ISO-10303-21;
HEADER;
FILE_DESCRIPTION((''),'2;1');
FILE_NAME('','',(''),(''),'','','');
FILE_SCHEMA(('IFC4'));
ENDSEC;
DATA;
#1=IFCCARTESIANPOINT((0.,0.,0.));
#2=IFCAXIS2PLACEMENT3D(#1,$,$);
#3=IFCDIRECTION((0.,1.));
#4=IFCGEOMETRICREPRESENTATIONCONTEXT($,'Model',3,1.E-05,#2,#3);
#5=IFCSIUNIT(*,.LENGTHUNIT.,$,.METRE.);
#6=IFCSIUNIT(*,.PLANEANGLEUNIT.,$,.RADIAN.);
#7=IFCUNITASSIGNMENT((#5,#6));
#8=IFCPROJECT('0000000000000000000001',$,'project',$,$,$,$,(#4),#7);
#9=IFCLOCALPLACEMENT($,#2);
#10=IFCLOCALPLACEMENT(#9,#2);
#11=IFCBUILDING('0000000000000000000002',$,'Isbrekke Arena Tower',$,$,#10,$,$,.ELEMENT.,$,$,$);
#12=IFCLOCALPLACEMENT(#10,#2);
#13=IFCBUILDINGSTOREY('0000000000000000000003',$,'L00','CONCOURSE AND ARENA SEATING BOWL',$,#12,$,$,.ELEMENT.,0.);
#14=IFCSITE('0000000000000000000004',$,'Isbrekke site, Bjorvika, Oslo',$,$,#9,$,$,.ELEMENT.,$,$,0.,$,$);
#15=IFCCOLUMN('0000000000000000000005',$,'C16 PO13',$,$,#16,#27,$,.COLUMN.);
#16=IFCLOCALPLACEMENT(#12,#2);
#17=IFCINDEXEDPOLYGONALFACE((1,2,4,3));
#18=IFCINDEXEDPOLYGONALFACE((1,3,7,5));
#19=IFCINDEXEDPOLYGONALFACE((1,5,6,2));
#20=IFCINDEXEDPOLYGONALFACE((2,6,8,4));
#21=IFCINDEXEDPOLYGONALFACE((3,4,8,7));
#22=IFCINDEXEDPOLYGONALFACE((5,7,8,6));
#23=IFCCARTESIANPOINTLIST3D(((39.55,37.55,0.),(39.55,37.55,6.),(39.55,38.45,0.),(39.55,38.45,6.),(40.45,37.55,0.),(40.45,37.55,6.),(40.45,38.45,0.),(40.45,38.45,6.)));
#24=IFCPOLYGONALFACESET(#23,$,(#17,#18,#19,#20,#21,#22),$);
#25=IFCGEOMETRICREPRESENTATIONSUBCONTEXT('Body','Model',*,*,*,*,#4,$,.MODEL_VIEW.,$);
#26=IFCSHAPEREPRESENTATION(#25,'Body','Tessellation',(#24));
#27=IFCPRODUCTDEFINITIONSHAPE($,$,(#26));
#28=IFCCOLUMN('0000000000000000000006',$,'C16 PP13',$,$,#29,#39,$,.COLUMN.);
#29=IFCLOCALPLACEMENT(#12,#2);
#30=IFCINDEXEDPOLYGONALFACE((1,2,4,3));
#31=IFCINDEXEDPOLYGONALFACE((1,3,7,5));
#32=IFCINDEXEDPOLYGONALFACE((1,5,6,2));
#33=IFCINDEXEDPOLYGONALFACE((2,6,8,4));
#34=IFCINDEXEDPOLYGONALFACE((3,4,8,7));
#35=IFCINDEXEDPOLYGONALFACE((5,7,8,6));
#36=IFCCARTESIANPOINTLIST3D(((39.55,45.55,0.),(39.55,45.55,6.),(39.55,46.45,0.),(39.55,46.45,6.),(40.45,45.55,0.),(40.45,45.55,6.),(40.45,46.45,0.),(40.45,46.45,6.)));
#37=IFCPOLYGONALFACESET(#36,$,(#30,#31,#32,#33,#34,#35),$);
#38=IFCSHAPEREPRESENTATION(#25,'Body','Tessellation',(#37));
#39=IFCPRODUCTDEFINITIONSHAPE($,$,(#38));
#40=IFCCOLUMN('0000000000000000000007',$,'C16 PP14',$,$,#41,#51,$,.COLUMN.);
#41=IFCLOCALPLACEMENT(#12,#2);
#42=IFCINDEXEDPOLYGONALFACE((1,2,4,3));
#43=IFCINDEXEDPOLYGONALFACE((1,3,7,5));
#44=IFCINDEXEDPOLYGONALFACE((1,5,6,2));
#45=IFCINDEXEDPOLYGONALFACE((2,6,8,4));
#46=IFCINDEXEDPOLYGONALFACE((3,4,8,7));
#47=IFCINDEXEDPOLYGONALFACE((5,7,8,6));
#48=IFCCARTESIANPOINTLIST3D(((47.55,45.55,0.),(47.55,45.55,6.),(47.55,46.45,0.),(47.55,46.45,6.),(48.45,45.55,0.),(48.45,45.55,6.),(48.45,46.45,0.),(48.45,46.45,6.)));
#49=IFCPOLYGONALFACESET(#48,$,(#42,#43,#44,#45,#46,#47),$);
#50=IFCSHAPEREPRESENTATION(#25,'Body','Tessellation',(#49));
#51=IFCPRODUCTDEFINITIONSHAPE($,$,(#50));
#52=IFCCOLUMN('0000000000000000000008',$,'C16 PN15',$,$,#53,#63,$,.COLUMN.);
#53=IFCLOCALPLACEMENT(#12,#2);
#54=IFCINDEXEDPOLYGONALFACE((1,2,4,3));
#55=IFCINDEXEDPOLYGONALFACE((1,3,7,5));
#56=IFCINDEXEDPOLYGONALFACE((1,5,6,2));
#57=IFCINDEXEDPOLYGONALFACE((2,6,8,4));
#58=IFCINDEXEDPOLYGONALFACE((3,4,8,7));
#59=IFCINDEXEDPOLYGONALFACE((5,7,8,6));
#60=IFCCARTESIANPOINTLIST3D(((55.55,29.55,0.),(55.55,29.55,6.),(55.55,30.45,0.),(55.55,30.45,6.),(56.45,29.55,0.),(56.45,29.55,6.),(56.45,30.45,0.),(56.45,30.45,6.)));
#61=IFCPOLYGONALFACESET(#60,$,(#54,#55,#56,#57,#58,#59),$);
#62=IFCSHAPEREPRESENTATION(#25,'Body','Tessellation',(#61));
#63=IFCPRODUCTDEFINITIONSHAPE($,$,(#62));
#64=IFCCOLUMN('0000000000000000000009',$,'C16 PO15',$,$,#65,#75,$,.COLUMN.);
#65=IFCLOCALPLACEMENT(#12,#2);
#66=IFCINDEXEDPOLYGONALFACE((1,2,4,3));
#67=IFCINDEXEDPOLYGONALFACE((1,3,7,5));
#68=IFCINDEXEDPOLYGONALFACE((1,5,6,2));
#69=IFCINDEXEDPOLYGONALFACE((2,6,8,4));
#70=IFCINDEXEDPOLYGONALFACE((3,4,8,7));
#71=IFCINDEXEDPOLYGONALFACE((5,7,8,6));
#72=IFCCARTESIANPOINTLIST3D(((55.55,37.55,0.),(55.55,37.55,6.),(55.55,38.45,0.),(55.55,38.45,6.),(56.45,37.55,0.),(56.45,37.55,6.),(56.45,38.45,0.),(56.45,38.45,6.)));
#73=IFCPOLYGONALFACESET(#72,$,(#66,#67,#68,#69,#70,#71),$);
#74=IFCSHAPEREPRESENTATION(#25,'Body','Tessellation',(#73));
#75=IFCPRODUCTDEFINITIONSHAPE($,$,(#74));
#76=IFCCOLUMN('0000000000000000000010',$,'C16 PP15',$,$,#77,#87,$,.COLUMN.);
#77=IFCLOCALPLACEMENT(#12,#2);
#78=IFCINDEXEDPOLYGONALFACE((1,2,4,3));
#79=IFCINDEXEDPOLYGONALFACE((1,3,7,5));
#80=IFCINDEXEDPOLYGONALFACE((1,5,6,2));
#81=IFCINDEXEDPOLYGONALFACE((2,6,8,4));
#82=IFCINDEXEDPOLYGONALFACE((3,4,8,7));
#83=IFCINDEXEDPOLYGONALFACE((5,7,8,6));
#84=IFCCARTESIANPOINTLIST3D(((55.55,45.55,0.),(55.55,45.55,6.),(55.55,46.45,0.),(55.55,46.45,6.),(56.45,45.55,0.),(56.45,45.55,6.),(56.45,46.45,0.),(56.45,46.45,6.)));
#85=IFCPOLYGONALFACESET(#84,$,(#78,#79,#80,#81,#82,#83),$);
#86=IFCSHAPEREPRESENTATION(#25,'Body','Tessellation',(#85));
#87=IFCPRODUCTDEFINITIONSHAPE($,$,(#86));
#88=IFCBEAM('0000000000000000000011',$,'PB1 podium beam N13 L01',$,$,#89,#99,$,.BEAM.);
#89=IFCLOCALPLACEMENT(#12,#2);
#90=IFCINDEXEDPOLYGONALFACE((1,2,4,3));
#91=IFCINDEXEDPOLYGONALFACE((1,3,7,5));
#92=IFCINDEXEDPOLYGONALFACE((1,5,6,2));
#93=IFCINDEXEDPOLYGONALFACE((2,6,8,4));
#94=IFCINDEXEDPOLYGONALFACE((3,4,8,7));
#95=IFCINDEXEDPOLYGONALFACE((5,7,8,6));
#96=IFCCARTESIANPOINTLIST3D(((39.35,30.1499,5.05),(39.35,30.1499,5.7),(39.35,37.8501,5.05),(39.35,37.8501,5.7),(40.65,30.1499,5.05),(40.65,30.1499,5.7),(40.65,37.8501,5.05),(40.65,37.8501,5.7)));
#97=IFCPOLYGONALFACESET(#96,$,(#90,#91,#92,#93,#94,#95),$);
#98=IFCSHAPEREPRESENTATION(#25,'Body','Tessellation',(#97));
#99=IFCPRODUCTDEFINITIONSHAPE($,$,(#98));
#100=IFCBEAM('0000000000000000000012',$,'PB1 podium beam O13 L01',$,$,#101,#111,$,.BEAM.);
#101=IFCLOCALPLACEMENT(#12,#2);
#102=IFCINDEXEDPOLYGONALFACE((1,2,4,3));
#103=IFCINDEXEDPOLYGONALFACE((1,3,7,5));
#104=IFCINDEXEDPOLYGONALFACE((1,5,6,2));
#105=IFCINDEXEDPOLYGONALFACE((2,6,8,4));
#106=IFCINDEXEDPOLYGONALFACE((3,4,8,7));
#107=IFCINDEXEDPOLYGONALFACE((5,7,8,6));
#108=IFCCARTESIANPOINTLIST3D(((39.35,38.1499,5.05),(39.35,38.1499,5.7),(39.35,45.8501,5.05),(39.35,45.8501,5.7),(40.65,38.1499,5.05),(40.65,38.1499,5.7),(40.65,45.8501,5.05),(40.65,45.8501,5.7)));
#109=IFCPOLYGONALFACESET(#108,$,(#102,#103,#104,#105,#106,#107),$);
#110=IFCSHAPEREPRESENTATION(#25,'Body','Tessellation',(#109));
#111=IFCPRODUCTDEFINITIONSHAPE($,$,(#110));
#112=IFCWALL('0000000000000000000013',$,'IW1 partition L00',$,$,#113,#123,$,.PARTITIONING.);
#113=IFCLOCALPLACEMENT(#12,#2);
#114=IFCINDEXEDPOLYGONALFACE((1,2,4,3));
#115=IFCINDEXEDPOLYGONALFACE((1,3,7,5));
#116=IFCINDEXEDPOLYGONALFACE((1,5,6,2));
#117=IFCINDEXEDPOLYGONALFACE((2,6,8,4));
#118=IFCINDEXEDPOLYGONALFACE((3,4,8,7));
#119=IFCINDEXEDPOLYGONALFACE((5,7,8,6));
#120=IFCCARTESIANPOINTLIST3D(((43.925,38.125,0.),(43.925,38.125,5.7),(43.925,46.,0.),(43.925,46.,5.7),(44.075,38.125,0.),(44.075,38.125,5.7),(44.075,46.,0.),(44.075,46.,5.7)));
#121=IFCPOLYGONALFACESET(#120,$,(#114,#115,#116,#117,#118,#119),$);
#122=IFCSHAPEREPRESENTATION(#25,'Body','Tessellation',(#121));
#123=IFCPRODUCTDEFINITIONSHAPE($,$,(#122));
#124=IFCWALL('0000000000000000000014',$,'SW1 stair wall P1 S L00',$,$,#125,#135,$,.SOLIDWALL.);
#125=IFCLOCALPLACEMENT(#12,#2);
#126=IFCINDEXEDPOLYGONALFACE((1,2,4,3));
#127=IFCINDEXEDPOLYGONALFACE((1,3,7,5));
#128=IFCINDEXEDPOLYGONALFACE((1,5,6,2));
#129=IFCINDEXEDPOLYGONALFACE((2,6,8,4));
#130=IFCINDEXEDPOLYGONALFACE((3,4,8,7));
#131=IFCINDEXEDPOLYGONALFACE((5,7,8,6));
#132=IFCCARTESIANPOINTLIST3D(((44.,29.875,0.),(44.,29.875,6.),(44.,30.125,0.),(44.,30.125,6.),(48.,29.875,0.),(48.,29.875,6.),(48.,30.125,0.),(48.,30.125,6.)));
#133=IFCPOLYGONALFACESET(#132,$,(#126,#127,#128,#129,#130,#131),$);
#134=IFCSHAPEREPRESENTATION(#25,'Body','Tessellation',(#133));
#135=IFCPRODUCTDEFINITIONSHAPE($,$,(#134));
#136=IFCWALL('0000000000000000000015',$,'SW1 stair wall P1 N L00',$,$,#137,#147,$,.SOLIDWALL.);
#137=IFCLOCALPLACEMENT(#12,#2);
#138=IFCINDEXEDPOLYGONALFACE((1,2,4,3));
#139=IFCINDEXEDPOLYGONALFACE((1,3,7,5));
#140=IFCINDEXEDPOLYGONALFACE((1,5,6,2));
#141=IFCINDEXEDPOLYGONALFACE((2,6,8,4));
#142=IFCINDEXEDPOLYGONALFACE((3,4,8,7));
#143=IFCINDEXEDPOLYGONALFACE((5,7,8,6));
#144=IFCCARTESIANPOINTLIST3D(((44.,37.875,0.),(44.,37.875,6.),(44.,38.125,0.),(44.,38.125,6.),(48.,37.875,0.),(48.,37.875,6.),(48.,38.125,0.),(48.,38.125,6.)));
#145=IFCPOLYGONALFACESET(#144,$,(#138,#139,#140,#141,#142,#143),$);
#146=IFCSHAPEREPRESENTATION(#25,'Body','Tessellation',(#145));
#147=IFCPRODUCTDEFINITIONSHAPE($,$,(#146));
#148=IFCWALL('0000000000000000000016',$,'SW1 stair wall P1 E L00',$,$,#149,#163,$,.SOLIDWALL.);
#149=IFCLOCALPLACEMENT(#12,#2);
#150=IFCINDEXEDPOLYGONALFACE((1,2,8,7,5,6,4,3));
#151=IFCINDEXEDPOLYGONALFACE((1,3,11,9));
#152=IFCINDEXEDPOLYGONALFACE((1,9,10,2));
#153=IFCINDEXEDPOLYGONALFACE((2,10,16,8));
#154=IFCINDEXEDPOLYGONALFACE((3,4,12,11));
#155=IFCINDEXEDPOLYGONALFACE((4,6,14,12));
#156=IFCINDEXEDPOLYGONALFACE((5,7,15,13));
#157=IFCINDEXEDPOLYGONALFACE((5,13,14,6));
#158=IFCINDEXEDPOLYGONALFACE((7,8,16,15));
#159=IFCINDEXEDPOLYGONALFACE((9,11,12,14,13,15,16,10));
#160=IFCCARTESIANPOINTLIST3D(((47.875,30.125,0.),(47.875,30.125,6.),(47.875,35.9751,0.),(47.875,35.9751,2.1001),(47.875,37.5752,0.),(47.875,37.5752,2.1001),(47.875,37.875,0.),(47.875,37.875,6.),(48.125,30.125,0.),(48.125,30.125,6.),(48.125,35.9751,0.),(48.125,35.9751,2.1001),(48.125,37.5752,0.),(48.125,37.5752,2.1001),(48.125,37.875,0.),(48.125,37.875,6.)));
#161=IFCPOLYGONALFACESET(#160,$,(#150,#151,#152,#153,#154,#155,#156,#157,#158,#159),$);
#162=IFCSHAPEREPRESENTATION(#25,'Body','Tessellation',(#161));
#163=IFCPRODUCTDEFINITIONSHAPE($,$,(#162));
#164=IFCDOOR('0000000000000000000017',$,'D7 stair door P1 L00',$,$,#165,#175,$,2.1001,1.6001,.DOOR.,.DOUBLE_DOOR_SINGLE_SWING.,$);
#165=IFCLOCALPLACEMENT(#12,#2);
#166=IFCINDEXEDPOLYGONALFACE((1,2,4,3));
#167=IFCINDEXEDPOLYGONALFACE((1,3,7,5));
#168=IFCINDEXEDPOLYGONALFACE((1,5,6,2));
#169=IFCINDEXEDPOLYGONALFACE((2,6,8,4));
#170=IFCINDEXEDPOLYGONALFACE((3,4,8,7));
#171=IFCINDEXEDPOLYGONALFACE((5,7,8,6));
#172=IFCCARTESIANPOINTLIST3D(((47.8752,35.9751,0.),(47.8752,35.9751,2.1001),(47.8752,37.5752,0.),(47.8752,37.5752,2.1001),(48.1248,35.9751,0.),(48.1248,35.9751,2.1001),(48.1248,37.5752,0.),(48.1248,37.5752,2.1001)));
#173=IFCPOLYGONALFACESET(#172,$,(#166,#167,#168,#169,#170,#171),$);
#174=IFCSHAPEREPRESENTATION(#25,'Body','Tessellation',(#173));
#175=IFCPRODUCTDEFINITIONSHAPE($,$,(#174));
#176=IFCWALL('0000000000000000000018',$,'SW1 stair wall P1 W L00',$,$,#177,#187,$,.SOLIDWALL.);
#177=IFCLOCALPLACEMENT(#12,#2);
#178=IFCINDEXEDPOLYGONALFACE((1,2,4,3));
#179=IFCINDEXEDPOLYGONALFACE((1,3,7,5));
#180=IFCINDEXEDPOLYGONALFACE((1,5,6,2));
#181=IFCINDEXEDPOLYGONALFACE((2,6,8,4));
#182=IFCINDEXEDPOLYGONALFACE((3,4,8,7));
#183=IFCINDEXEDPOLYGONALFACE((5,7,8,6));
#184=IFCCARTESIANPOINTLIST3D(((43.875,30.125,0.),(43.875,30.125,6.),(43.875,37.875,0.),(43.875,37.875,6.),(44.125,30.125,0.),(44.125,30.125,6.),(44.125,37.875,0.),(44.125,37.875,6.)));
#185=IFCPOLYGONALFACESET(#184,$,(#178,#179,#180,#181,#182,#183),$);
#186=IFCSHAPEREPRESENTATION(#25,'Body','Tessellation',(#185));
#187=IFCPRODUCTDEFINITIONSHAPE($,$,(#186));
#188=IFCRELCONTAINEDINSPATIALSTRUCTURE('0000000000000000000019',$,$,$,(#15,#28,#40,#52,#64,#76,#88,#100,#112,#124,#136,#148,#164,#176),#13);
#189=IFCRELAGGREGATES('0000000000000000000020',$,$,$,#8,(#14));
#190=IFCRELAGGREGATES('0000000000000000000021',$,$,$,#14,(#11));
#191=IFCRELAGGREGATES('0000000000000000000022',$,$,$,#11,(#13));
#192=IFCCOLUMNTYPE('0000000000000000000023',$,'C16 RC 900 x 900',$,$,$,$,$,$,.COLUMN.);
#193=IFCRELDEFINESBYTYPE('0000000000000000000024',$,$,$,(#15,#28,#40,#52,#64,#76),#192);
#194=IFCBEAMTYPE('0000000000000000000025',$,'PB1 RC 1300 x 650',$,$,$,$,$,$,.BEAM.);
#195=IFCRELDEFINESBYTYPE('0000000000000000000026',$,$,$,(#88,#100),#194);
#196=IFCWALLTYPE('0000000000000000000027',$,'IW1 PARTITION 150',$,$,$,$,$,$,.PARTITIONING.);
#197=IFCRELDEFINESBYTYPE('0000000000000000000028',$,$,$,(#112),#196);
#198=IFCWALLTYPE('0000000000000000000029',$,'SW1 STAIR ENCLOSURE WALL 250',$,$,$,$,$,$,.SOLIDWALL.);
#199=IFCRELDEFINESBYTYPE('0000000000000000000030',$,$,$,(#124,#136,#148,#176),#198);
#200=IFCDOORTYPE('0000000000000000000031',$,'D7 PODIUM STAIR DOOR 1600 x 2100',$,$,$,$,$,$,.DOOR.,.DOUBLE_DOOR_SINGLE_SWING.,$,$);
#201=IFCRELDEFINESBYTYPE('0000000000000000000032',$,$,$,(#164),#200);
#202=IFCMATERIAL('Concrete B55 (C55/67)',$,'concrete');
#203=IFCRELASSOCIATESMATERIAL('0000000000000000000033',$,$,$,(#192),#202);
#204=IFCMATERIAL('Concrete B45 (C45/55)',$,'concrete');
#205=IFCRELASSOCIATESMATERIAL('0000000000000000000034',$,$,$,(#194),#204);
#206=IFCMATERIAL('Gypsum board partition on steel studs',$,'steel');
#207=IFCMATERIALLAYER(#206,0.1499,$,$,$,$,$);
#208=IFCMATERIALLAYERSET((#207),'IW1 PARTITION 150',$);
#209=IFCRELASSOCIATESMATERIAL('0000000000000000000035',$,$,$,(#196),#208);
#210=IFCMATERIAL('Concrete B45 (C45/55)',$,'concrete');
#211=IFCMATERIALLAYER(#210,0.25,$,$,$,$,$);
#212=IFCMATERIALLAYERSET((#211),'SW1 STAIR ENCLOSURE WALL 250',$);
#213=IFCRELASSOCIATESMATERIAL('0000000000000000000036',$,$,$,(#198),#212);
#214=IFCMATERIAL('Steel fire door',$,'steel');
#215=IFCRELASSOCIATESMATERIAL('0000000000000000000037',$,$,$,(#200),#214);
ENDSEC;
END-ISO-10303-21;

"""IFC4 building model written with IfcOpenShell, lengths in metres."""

from ifc_helpers import new_model, si_unit, direction, frame, frame_2d, origin, origin_2d, place, context, subcontext, project, spatial, rectangle, extrude, material, layer, layer_set, material_profile, profile_set, type_object, element, fill, save


model = new_model("IFC4")

# Units and contexts
model_context = context("Model", 3, precision=1e-05, world=origin(), true_north=direction((0.0, 1.0)))
body_context = subcontext(model_context, "Body", "Model", "MODEL_VIEW")
ifc_project = project(units=[si_unit("LENGTHUNIT", "METRE"), si_unit("PLANEANGLEUNIT", "RADIAN")], contexts=[model_context])

# Site, building, storey
site_placement = place(None, origin())
site = spatial("IfcSite", under=ifc_project, at=site_placement, Name="Isbrekke site, Bjorvika, Oslo", CompositionType="ELEMENT", RefElevation=0.0)
building_placement = place(site_placement, origin())
building = spatial("IfcBuilding", under=site, at=building_placement, Name="Isbrekke Arena Tower", CompositionType="ELEMENT")
storey_placement = place(building_placement, origin())
storey = spatial("IfcBuildingStorey", under=building, at=storey_placement, Name="L00", Description="CONCOURSE AND ARENA SEATING BOWL", CompositionType="ELEMENT", Elevation=0.0)

# Columns
ifc_material_1 = material(Name="Concrete B55 (C55/67)", Category="concrete")
ifc_material_profile_1 = material_profile(ifc_material_1, rectangle(XDim=0.8999, YDim=0.8999, at=origin_2d()), Name="RC 900x900")
ifc_profile_set_1 = profile_set([ifc_material_profile_1], Name="Concrete B55 (C55/67)")
column_type = type_object("IfcColumnType", Name="C16 RC 900 x 900", PredefinedType="COLUMN", material=ifc_profile_set_1)
for number, where, z_axis, x_axis, name in (
    (1, (40.0, 38.0, 0.0), (0.0, 0.0, 1.0), (1.0, 0.0, 0.0), "C16 PO13"),
    (2, (40.0, 46.0, 0.0), (0.0, 0.0, 1.0), (1.0, 0.0, 0.0), "C16 PP13"),
    (3, (48.0, 46.0, 0.0), (0.0, 0.0, 1.0), (1.0, 0.0, 0.0), "C16 PP14"),
    (4, (56.0, 30.0, 0.0), (0.0, 0.0, 1.0), (1.0, 0.0, 0.0), "C16 PN15"),
    (5, (56.0, 38.0, 0.0), (0.0, 0.0, 1.0), (1.0, 0.0, 0.0), "C16 PO15"),
    (6, (56.0, 46.0, 0.0), (0.0, 0.0, 1.0), (1.0, 0.0, 0.0), "C16 PP15"),
):
    element("IfcColumn", number, at=place(storey_placement, frame(where, z_axis=z_axis, x_axis=x_axis)), inside=storey, type_object=column_type, Name=name, PredefinedType="COLUMN", context=body_context, shape_type="SweptSolid", body=[
        extrude(rectangle(XDim=0.8999, YDim=0.8999, at=origin_2d()), origin(), (0.0, 0.0, 1.0), 6.0),
    ])

# Beams
ifc_material_2 = material(Name="Concrete B45 (C45/55)", Category="concrete")
ifc_material_profile_2 = material_profile(ifc_material_2, rectangle(XDim=1.3, YDim=0.6499, at=origin_2d()), Name="RC 1300x650")
ifc_profile_set_2 = profile_set([ifc_material_profile_2], Name="Concrete B45 (C45/55)")
beam_type = type_object("IfcBeamType", Name="PB1 RC 1300 x 650", PredefinedType="BEAM", material=ifc_profile_set_2)
for number, where, z_axis, x_axis, name in (
    (7, (40.0, 30.1499, 5.375), (0.0, 1.0, 0.0), (-1.0, 0.0, 0.0), "PB1 podium beam N13 L01"),
    (8, (40.0, 38.1499, 5.375), (0.0, 1.0, 0.0), (-1.0, 0.0, 0.0), "PB1 podium beam O13 L01"),
):
    element("IfcBeam", number, at=place(storey_placement, frame(where, z_axis=z_axis, x_axis=x_axis)), inside=storey, type_object=beam_type, Name=name, PredefinedType="BEAM", context=body_context, shape_type="SweptSolid", body=[
        extrude(rectangle(XDim=1.3, YDim=0.6499, at=origin_2d()), origin(), (0.0, 0.0, 1.0), 7.7002),
    ])

# Walls
ifc_material_3 = material(Name="Gypsum board partition on steel studs", Category="steel")
ifc_layer_1 = layer(ifc_material_3, 0.1499)
ifc_layer_set_1 = layer_set([ifc_layer_1], Name="IW1 PARTITION 150")
wall_type_1 = type_object("IfcWallType", Name="IW1 PARTITION 150", PredefinedType="PARTITIONING", material=ifc_layer_set_1)
wall_1_placement = place(storey_placement, frame((44.0, 38.125, 0.0), z_axis=(0.0, 0.0, 1.0), x_axis=(0.0, 1.0, 0.0)))
element("IfcWall", 9, at=wall_1_placement, inside=storey, type_object=wall_type_1, Name="IW1 partition L00", PredefinedType="PARTITIONING", context=body_context, shape_type="SweptSolid", body=[
    extrude(rectangle(XDim=7.875, YDim=0.1499, at=frame_2d((3.9375, 0.0))), origin(), (0.0, 0.0, 1.0), 5.7),
])
ifc_material_4 = material(Name="Concrete B45 (C45/55)", Category="concrete")
ifc_layer_2 = layer(ifc_material_4, 0.25)
ifc_layer_set_2 = layer_set([ifc_layer_2], Name="SW1 STAIR ENCLOSURE WALL 250")
wall_type_2 = type_object("IfcWallType", Name="SW1 STAIR ENCLOSURE WALL 250", PredefinedType="SOLIDWALL", material=ifc_layer_set_2)
for number, where, z_axis, x_axis, name in (
    (10, (44.0, 30.0, 0.0), (0.0, 0.0, 1.0), (1.0, 0.0, 0.0), "SW1 stair wall P1 S L00"),
    (11, (48.0, 38.0, 0.0), (0.0, 0.0, 1.0), (-1.0, 0.0, 0.0), "SW1 stair wall P1 N L00"),
):
    element("IfcWall", number, at=place(storey_placement, frame(where, z_axis=z_axis, x_axis=x_axis)), inside=storey, type_object=wall_type_2, Name=name, PredefinedType="SOLIDWALL", context=body_context, shape_type="SweptSolid", body=[
        extrude(rectangle(XDim=4.0, YDim=0.25, at=frame_2d((2.0, 0.0))), origin(), (0.0, 0.0, 1.0), 6.0),
    ])

# Wall, opening, door
wall_2_placement = place(storey_placement, frame((48.0, 30.125, 0.0), z_axis=(0.0, 0.0, 1.0), x_axis=(0.0, 1.0, 0.0)))
wall_2 = element("IfcWall", 12, at=wall_2_placement, inside=storey, type_object=wall_type_2, Name="SW1 stair wall P1 E L00", PredefinedType="SOLIDWALL", context=body_context, shape_type="SweptSolid", body=[
    extrude(rectangle(XDim=7.75, YDim=0.25, at=frame_2d((3.875, 0.0))), origin(), (0.0, 0.0, 1.0), 6.0),
])
opening_placement = place(wall_2_placement, frame((5.8501, 0.0, 0.0)))
opening = element("IfcOpeningElement", 13, at=opening_placement, cuts=wall_2, PredefinedType="OPENING", context=body_context, shape_type="SweptSolid", body=[
    extrude(rectangle(XDim=1.6001, YDim=2.1001, at=frame_2d((0.8, 1.05))), frame((0.0, 0.1399, 0.0), z_axis=(0.0, -1.0, 0.0), x_axis=(1.0, 0.0, 0.0)), (0.0, 0.0, 1.0), 0.2798),
])
ifc_material_5 = material(Name="Steel fire door", Category="steel")
door_type = type_object("IfcDoorType", Name="D7 PODIUM STAIR DOOR 1600 x 2100", OperationType="DOUBLE_DOOR_SINGLE_SWING", PredefinedType="DOOR", material=ifc_material_5)
door_placement = place(opening_placement, origin())
door = element("IfcDoor", 14, at=door_placement, inside=storey, type_object=door_type, Name="D7 stair door P1 L00", OperationType="DOUBLE_DOOR_SINGLE_SWING", OverallHeight=2.1001, OverallWidth=1.6001, PredefinedType="DOOR", context=body_context, shape_type="SweptSolid", body=[
    extrude(rectangle(XDim=1.6001, YDim=2.1001, at=frame_2d((0.8, 1.05))), frame((0.0, 0.1248, 0.0), z_axis=(0.0, -1.0, 0.0), x_axis=(1.0, 0.0, 0.0)), (0.0, 0.0, 1.0), 0.2495),
])
fill(opening, door)

# Wall
wall_3_placement = place(storey_placement, frame((44.0, 37.875, 0.0), z_axis=(0.0, 0.0, 1.0), x_axis=(0.0, -1.0, 0.0)))
element("IfcWall", 15, at=wall_3_placement, inside=storey, type_object=wall_type_2, Name="SW1 stair wall P1 W L00", PredefinedType="SOLIDWALL", context=body_context, shape_type="SweptSolid", body=[
    extrude(rectangle(XDim=7.75, YDim=0.25, at=frame_2d((3.875, 0.0))), origin(), (0.0, 0.0, 1.0), 6.0),
])

save(model, "model.ifc")
